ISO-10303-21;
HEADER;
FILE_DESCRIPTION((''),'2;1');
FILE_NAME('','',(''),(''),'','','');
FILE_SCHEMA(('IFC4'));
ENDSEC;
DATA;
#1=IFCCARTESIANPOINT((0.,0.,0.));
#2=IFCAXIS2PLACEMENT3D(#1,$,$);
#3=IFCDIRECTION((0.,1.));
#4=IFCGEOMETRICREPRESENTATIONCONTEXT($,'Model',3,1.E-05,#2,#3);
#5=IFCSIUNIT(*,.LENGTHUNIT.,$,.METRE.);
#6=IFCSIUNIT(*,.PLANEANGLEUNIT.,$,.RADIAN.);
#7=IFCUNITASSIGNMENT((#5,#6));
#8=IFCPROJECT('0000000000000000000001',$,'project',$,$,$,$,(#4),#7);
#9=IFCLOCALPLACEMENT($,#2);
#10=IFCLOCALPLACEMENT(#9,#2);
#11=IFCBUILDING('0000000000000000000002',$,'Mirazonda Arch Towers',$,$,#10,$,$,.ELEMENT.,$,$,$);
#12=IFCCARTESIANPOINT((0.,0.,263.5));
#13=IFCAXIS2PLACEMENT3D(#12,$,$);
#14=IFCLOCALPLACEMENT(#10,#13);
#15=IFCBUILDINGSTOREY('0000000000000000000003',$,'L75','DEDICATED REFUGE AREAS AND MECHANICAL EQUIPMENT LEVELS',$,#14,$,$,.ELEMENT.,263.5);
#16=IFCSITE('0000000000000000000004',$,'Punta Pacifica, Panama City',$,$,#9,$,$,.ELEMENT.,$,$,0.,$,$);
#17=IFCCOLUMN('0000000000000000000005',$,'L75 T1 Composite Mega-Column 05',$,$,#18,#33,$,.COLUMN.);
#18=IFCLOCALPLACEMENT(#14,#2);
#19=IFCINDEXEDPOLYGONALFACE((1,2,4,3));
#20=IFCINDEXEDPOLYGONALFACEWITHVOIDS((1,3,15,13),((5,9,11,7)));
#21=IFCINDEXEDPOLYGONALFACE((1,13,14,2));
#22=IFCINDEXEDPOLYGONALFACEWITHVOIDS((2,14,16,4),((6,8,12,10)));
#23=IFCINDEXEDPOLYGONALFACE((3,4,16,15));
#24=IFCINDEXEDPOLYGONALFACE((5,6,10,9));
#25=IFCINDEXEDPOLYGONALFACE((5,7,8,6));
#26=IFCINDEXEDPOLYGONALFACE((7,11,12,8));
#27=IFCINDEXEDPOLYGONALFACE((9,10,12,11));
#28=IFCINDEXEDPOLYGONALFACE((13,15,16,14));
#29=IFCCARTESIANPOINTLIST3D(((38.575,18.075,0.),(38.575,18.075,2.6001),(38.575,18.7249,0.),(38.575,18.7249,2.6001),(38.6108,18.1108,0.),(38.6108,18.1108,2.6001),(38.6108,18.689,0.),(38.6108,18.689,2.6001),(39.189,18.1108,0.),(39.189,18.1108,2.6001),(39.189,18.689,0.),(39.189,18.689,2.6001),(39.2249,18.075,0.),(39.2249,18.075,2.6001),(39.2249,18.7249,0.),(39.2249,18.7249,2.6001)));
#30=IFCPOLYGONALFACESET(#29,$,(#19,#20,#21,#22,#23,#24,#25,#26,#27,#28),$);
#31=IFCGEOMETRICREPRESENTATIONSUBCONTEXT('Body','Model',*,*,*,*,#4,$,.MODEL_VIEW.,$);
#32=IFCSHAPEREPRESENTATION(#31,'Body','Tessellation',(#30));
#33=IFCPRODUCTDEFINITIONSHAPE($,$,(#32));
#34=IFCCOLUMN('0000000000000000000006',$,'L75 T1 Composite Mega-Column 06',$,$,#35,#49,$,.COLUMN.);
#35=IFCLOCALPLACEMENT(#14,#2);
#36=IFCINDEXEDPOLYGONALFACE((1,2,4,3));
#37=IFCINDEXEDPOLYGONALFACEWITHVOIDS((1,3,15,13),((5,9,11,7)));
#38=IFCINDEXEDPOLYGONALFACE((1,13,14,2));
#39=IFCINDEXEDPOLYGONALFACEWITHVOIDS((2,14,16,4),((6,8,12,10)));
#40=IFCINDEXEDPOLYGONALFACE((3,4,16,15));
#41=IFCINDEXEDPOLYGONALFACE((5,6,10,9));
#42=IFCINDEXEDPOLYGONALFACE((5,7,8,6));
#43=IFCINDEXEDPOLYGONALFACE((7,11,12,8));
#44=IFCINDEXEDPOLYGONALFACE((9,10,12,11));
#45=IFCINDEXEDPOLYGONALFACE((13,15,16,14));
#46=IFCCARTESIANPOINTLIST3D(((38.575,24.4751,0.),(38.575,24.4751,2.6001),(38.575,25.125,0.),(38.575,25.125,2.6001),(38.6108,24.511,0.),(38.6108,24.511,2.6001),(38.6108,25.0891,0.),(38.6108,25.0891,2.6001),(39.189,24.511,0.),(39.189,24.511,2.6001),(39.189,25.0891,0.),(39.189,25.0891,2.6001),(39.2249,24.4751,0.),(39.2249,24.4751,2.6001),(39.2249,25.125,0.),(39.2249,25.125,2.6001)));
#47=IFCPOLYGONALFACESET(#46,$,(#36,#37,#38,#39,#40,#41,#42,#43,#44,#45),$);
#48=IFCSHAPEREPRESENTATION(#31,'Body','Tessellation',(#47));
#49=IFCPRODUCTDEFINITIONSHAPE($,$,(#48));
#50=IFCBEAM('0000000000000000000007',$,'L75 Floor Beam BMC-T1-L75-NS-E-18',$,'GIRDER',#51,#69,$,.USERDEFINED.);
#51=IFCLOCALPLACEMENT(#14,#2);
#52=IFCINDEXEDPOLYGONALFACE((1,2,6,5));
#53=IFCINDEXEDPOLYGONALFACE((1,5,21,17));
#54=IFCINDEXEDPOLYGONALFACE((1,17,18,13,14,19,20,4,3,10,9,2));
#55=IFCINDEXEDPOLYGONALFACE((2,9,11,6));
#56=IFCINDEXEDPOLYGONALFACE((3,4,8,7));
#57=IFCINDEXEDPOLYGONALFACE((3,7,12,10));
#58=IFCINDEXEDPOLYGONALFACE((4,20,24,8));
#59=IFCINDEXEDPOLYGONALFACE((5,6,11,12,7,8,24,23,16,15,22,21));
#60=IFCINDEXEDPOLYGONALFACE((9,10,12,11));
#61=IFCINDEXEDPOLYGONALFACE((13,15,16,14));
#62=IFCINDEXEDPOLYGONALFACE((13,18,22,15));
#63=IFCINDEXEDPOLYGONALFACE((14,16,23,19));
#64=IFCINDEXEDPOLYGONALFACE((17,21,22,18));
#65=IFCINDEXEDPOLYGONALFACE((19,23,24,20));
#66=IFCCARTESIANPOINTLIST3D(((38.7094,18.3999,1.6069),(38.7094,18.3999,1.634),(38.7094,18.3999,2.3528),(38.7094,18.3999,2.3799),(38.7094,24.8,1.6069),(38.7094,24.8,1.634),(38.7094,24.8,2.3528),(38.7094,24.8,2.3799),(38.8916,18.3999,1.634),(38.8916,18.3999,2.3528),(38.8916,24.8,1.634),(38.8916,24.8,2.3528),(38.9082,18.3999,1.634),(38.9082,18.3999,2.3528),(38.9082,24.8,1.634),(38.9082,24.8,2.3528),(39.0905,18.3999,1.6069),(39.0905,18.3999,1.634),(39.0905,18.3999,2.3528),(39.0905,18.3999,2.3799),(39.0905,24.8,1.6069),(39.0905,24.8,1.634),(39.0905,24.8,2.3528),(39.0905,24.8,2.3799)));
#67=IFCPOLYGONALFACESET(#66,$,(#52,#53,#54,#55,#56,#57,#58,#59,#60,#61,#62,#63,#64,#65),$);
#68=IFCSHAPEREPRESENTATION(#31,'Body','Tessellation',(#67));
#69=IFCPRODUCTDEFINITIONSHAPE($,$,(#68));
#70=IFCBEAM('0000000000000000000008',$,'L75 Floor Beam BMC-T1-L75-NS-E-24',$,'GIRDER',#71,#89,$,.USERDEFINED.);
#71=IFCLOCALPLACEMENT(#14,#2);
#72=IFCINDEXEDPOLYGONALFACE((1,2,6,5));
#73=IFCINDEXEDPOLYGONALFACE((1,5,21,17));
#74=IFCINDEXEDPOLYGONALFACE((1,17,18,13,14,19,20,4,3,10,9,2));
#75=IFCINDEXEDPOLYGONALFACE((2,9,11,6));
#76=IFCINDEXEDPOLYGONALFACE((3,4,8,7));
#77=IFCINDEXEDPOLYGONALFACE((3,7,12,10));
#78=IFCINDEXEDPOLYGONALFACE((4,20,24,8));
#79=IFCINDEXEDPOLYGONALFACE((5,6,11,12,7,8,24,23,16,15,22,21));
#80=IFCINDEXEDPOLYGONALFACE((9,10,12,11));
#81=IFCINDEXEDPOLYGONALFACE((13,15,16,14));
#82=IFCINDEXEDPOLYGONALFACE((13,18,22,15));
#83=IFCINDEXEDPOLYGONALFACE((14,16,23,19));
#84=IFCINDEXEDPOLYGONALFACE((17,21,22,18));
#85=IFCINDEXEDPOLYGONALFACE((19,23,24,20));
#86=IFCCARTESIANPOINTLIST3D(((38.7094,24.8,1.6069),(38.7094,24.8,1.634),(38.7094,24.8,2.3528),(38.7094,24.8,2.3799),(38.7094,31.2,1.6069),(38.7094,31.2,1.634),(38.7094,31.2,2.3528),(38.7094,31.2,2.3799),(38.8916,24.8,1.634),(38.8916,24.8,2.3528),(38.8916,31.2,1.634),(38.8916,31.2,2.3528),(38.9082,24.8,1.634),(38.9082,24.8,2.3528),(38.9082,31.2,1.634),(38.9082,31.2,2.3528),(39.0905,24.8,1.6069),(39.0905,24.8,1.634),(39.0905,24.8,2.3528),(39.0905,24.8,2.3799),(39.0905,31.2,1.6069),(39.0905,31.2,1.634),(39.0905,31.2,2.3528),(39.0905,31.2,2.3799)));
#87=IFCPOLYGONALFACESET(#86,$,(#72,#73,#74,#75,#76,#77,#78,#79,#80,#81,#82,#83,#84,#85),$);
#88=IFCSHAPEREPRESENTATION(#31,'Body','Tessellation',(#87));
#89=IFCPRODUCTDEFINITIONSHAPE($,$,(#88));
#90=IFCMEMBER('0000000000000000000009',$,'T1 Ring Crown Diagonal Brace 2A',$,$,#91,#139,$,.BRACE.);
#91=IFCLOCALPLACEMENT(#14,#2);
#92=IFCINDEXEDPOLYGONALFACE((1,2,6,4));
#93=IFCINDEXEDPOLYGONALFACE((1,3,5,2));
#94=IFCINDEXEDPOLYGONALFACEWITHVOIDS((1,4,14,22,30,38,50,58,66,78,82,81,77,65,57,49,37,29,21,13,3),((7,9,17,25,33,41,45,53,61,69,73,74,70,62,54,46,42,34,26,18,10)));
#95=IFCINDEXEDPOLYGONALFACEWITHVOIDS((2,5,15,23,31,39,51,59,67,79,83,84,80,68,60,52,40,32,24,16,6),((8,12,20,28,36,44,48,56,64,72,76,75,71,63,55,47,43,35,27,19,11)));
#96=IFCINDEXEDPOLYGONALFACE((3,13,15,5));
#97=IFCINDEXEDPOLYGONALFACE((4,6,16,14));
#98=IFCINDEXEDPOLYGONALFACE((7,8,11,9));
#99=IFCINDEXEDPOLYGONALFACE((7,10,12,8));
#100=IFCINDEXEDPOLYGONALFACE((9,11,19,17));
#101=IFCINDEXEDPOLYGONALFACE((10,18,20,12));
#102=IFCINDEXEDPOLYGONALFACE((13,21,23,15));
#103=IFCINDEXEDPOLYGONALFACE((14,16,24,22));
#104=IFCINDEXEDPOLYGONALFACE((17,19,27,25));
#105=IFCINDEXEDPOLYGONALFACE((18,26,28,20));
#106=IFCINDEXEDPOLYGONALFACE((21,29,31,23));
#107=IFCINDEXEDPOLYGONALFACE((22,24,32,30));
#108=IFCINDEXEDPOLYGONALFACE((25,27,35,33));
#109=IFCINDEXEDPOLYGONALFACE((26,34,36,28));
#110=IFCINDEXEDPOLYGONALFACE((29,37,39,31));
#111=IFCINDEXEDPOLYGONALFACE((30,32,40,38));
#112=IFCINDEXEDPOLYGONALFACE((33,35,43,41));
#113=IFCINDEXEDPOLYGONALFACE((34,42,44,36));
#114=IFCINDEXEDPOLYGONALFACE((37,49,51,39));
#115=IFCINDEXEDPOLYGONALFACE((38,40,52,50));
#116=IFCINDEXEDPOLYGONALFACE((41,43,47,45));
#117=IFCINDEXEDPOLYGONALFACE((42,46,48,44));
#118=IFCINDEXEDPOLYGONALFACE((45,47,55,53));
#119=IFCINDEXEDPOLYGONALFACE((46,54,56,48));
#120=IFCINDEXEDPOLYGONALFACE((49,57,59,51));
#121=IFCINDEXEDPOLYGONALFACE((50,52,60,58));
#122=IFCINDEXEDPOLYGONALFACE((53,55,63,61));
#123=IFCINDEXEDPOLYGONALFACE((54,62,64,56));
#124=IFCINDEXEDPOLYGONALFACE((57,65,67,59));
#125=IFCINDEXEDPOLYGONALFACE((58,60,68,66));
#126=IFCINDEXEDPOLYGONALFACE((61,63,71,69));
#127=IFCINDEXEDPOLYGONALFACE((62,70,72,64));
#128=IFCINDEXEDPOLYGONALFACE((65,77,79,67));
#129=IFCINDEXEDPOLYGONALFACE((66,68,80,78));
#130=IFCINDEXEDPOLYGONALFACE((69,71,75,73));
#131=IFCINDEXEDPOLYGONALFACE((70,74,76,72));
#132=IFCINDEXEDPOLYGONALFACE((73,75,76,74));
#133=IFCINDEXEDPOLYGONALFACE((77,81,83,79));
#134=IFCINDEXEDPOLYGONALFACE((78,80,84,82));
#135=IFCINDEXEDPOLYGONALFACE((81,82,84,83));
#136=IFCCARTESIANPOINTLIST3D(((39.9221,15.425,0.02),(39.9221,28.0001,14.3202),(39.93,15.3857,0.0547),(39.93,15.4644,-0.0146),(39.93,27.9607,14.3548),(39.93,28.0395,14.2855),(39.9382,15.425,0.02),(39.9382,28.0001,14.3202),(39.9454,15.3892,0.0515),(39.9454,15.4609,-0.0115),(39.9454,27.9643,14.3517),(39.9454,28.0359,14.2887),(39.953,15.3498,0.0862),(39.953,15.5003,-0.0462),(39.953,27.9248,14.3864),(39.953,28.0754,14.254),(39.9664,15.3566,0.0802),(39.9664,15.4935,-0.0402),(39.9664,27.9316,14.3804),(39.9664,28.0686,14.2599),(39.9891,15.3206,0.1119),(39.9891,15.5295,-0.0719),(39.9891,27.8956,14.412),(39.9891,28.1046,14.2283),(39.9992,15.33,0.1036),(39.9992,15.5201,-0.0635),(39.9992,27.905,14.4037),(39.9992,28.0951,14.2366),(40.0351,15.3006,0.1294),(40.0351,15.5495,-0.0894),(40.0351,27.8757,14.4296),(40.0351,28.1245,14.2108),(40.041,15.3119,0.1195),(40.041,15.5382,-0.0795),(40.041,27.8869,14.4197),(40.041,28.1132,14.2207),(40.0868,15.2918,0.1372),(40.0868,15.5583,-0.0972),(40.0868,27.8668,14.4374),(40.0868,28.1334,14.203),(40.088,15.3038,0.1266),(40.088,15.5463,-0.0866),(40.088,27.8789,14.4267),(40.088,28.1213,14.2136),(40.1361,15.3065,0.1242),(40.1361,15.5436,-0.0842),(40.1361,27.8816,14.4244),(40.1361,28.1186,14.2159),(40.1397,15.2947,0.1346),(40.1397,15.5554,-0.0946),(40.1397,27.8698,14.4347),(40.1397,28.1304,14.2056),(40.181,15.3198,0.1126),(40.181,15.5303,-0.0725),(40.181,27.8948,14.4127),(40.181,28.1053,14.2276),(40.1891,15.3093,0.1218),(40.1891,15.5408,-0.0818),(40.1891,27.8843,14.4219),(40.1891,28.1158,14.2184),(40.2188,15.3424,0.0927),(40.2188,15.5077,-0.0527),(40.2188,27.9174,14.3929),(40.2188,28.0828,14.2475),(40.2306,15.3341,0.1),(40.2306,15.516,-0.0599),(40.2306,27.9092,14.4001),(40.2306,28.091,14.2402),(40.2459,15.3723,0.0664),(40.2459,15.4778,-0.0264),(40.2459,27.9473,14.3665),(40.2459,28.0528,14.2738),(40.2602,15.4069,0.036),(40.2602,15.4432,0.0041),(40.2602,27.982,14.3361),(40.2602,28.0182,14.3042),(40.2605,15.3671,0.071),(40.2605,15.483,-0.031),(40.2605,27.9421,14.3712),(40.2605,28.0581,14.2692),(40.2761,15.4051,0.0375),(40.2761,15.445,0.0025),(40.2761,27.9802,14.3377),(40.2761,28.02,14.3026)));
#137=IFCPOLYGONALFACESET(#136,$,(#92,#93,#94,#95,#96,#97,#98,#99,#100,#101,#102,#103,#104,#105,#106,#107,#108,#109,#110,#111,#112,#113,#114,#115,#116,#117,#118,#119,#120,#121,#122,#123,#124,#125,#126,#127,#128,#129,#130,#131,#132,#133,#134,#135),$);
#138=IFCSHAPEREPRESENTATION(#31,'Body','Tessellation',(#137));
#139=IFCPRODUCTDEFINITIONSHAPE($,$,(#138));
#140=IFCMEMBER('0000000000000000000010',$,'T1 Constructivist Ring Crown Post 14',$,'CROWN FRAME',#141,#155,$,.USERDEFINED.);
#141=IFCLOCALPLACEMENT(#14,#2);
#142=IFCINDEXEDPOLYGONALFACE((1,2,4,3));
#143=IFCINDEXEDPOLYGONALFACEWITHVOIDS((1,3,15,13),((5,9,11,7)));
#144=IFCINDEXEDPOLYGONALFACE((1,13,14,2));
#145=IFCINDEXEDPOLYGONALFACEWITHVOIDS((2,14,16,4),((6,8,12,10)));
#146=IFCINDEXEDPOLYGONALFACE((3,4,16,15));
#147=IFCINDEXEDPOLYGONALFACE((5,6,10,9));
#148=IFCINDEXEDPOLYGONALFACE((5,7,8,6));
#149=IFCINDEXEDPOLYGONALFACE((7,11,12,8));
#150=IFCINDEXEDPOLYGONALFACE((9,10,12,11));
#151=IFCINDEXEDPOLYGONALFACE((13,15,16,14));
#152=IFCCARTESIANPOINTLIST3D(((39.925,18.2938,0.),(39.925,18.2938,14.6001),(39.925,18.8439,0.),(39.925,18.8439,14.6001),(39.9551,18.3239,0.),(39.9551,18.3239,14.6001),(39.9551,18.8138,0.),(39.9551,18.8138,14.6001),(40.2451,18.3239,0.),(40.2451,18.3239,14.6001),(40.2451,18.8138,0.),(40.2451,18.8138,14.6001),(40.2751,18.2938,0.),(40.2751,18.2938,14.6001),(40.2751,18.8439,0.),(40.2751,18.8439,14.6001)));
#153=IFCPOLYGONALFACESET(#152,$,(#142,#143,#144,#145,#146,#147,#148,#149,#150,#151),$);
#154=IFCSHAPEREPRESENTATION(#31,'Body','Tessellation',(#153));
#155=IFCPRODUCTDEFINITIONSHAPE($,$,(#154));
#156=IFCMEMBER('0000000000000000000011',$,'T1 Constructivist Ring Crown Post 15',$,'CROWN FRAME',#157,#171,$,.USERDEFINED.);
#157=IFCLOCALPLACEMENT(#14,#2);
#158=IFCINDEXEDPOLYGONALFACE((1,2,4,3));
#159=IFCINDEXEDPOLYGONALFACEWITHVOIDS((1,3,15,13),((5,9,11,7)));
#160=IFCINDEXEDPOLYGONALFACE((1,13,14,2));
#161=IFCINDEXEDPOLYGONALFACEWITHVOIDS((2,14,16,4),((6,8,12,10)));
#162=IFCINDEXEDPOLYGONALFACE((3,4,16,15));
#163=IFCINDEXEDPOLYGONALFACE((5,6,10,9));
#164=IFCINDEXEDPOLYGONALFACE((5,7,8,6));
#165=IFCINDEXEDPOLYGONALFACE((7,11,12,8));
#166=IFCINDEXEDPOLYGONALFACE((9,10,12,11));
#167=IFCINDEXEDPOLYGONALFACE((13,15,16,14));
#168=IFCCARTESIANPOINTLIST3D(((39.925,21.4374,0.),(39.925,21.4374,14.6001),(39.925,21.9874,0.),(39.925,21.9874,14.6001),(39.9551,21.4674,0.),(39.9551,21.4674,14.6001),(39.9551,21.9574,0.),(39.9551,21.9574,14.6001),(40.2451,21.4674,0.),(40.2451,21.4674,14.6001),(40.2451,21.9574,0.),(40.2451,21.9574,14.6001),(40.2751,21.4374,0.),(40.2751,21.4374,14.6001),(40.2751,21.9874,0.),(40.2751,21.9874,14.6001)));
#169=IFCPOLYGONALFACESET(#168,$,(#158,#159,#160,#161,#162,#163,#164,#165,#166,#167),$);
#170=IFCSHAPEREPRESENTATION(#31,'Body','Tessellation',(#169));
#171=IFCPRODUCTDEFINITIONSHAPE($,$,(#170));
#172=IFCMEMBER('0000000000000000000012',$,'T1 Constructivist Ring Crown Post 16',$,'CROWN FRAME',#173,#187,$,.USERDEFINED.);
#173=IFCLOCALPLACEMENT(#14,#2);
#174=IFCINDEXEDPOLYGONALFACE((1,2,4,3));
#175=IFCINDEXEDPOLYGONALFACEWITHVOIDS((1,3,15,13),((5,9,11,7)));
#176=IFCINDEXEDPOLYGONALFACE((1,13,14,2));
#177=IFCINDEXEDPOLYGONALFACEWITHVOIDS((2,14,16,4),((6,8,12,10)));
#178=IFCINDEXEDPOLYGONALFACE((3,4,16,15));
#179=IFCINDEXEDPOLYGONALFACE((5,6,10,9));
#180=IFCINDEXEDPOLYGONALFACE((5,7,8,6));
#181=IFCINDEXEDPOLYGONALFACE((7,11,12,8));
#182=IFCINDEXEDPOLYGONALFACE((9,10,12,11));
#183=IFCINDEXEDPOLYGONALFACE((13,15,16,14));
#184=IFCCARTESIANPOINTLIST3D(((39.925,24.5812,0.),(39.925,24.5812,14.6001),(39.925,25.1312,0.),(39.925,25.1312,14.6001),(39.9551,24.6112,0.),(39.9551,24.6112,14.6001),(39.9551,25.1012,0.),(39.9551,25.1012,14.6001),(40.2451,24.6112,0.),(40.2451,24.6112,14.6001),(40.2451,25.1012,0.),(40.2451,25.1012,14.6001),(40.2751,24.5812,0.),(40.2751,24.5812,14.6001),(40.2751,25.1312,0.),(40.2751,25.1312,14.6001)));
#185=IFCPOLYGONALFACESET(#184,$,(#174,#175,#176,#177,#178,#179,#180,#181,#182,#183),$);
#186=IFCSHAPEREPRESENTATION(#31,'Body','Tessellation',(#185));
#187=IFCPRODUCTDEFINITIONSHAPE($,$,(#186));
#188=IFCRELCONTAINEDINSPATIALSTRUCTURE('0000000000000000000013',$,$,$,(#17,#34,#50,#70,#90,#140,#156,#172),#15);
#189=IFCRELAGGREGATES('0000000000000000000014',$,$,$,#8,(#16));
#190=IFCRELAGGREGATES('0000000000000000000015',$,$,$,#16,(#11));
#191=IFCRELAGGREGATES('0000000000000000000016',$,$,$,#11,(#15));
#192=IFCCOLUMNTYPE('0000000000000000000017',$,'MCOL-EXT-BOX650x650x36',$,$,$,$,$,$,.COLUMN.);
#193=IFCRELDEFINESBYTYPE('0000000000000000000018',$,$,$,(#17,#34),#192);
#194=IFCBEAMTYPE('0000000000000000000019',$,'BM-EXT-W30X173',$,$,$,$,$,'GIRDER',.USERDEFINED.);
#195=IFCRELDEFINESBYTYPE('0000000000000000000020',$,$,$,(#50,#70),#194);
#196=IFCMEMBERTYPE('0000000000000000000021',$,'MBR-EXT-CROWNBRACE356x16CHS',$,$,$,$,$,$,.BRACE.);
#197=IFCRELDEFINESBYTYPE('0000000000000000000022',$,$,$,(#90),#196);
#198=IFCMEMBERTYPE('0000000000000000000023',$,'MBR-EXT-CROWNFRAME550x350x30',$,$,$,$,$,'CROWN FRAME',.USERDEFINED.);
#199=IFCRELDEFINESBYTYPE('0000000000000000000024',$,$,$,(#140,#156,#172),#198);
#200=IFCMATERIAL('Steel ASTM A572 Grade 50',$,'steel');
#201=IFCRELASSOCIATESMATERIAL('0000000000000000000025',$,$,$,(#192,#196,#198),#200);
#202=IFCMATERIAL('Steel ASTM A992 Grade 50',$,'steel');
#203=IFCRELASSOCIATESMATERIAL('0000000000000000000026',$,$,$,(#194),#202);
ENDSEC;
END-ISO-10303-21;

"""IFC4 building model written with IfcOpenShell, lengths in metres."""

from ifc_helpers import new_model, si_unit, direction, frame, origin, origin_2d, place, context, subcontext, project, spatial, hollow_rectangle, hollow_circle, i_section, extrude, material, material_profile, profile_set, type_object, element, save


model = new_model("IFC4")

# Units and contexts
model_context = context("Model", 3, precision=1e-05, world=origin(), true_north=direction((0.0, 1.0)))
body_context = subcontext(model_context, "Body", "Model", "MODEL_VIEW")
ifc_project = project(units=[si_unit("LENGTHUNIT", "METRE"), si_unit("PLANEANGLEUNIT", "RADIAN")], contexts=[model_context])

# Site, building, storey
site_placement = place(None, origin())
site = spatial("IfcSite", under=ifc_project, at=site_placement, Name="Punta Pacifica, Panama City", CompositionType="ELEMENT", RefElevation=0.0)
building_placement = place(site_placement, origin())
building = spatial("IfcBuilding", under=site, at=building_placement, Name="Mirazonda Arch Towers", CompositionType="ELEMENT")
storey_placement = place(building_placement, frame((0.0, 0.0, 263.5)))
storey = spatial("IfcBuildingStorey", under=building, at=storey_placement, Name="L75", Description="DEDICATED REFUGE AREAS AND MECHANICAL EQUIPMENT LEVELS", CompositionType="ELEMENT", Elevation=263.5)

# Columns
ifc_material_1 = material(Name="Steel ASTM A572 Grade 50", Category="steel")
ifc_material_profile_1 = material_profile(ifc_material_1, hollow_rectangle(XDim=0.6499, YDim=0.6499, WallThickness=0.0359, at=origin_2d()), Name="BOX650x650x36")
ifc_profile_set_1 = profile_set([ifc_material_profile_1], Name="Steel ASTM A572 Grade 50")
column_type = type_object("IfcColumnType", Name="MCOL-EXT-BOX650x650x36", PredefinedType="COLUMN", material=ifc_profile_set_1)
for number, where, z_axis, x_axis, name in (
    (1, (38.8999, 18.3999, 0.0), (0.0, 0.0, 1.0), (1.0, 0.0, 0.0), "L75 T1 Composite Mega-Column 05"),
    (2, (38.8999, 24.8, 0.0), (0.0, 0.0, 1.0), (1.0, 0.0, 0.0), "L75 T1 Composite Mega-Column 06"),
):
    element("IfcColumn", number, at=place(storey_placement, frame(where, z_axis=z_axis, x_axis=x_axis)), inside=storey, type_object=column_type, Name=name, PredefinedType="COLUMN", context=body_context, shape_type="SweptSolid", body=[
        extrude(hollow_rectangle(XDim=0.6499, YDim=0.6499, WallThickness=0.0359, at=origin_2d()), origin(), (0.0, 0.0, 1.0), 2.6001),
    ])

# Beams
ifc_material_2 = material(Name="Steel ASTM A992 Grade 50", Category="steel")
ifc_material_profile_2 = material_profile(ifc_material_2, i_section(OverallWidth=0.3811, OverallDepth=0.7729, WebThickness=0.0166, FlangeThickness=0.0271, at=origin_2d()), Name="W30X173")
ifc_profile_set_2 = profile_set([ifc_material_profile_2], Name="Steel ASTM A992 Grade 50")
beam_type = type_object("IfcBeamType", Name="BM-EXT-W30X173", ElementType="GIRDER", PredefinedType="USERDEFINED", material=ifc_profile_set_2)
beam_1_placement = place(storey_placement, frame((38.8999, 18.3999, 1.9934), z_axis=(0.0, 1.0, 0.0), x_axis=(-1.0, 0.0, 0.0)))
element("IfcBeam", 3, at=beam_1_placement, inside=storey, type_object=beam_type, Name="L75 Floor Beam BMC-T1-L75-NS-E-18", ObjectType="GIRDER", PredefinedType="USERDEFINED", context=body_context, shape_type="SweptSolid", body=[
    extrude(i_section(OverallWidth=0.3811, OverallDepth=0.7729, WebThickness=0.0166, FlangeThickness=0.0271, at=origin_2d()), origin(), (0.0, 0.0, 1.0), 6.4001),
])
beam_2_placement = place(storey_placement, frame((38.8999, 24.8, 1.9934), z_axis=(0.0, 1.0, 0.0), x_axis=(-1.0, 0.0, 0.0)))
element("IfcBeam", 4, at=beam_2_placement, inside=storey, type_object=beam_type, Name="L75 Floor Beam BMC-T1-L75-NS-E-24", ObjectType="GIRDER", PredefinedType="USERDEFINED", context=body_context, shape_type="SweptSolid", body=[
    extrude(i_section(OverallWidth=0.3811, OverallDepth=0.7729, WebThickness=0.0166, FlangeThickness=0.0271, at=origin_2d()), origin(), (0.0, 0.0, 1.0), 6.3999),
])

# Members
ifc_material_profile_3 = material_profile(ifc_material_1, hollow_circle(Radius=0.178, WallThickness=0.0161, at=origin_2d()), Name="CROWNBRACE356x16CHS")
ifc_profile_set_3 = profile_set([ifc_material_profile_3], Name="Steel ASTM A572 Grade 50")
member_type_1 = type_object("IfcMemberType", Name="MBR-EXT-CROWNBRACE356x16CHS", PredefinedType="BRACE", material=ifc_profile_set_3)
member_1_placement = place(storey_placement, frame((40.1001, 15.425, 0.02), z_axis=(0.0, 0.660359, 0.75095), x_axis=(-1.0, 0.0, 0.0)))
element("IfcMember", 5, at=member_1_placement, inside=storey, type_object=member_type_1, Name="T1 Ring Crown Diagonal Brace 2A", PredefinedType="BRACE", context=body_context, shape_type="SweptSolid", body=[
    extrude(hollow_circle(Radius=0.178, WallThickness=0.0161, at=origin_2d()), origin(), (0.0, 0.0, 1.0), 19.0427),
])
ifc_material_profile_4 = material_profile(ifc_material_1, hollow_rectangle(XDim=0.3501, YDim=0.55, WallThickness=0.03, at=origin_2d()), Name="CROWNFRAME550x350x30")
ifc_profile_set_4 = profile_set([ifc_material_profile_4], Name="Steel ASTM A572 Grade 50")
member_type_2 = type_object("IfcMemberType", Name="MBR-EXT-CROWNFRAME550x350x30", ElementType="CROWN FRAME", PredefinedType="USERDEFINED", material=ifc_profile_set_4)
for number, where, z_axis, x_axis, name in (
    (6, (40.1001, 18.5688, 0.0), (0.0, 0.0, 1.0), (1.0, 0.0, 0.0), "T1 Constructivist Ring Crown Post 14"),
    (7, (40.1001, 21.7124, 0.0), (0.0, 0.0, 1.0), (1.0, 0.0, 0.0), "T1 Constructivist Ring Crown Post 15"),
    (8, (40.1001, 24.8562, 0.0), (0.0, 0.0, 1.0), (1.0, 0.0, 0.0), "T1 Constructivist Ring Crown Post 16"),
):
    element("IfcMember", number, at=place(storey_placement, frame(where, z_axis=z_axis, x_axis=x_axis)), inside=storey, type_object=member_type_2, Name=name, ObjectType="CROWN FRAME", PredefinedType="USERDEFINED", context=body_context, shape_type="SweptSolid", body=[
        extrude(hollow_rectangle(XDim=0.3501, YDim=0.55, WallThickness=0.03, at=origin_2d()), origin(), (0.0, 0.0, 1.0), 14.6001),
    ])

save(model, "model.ifc")
